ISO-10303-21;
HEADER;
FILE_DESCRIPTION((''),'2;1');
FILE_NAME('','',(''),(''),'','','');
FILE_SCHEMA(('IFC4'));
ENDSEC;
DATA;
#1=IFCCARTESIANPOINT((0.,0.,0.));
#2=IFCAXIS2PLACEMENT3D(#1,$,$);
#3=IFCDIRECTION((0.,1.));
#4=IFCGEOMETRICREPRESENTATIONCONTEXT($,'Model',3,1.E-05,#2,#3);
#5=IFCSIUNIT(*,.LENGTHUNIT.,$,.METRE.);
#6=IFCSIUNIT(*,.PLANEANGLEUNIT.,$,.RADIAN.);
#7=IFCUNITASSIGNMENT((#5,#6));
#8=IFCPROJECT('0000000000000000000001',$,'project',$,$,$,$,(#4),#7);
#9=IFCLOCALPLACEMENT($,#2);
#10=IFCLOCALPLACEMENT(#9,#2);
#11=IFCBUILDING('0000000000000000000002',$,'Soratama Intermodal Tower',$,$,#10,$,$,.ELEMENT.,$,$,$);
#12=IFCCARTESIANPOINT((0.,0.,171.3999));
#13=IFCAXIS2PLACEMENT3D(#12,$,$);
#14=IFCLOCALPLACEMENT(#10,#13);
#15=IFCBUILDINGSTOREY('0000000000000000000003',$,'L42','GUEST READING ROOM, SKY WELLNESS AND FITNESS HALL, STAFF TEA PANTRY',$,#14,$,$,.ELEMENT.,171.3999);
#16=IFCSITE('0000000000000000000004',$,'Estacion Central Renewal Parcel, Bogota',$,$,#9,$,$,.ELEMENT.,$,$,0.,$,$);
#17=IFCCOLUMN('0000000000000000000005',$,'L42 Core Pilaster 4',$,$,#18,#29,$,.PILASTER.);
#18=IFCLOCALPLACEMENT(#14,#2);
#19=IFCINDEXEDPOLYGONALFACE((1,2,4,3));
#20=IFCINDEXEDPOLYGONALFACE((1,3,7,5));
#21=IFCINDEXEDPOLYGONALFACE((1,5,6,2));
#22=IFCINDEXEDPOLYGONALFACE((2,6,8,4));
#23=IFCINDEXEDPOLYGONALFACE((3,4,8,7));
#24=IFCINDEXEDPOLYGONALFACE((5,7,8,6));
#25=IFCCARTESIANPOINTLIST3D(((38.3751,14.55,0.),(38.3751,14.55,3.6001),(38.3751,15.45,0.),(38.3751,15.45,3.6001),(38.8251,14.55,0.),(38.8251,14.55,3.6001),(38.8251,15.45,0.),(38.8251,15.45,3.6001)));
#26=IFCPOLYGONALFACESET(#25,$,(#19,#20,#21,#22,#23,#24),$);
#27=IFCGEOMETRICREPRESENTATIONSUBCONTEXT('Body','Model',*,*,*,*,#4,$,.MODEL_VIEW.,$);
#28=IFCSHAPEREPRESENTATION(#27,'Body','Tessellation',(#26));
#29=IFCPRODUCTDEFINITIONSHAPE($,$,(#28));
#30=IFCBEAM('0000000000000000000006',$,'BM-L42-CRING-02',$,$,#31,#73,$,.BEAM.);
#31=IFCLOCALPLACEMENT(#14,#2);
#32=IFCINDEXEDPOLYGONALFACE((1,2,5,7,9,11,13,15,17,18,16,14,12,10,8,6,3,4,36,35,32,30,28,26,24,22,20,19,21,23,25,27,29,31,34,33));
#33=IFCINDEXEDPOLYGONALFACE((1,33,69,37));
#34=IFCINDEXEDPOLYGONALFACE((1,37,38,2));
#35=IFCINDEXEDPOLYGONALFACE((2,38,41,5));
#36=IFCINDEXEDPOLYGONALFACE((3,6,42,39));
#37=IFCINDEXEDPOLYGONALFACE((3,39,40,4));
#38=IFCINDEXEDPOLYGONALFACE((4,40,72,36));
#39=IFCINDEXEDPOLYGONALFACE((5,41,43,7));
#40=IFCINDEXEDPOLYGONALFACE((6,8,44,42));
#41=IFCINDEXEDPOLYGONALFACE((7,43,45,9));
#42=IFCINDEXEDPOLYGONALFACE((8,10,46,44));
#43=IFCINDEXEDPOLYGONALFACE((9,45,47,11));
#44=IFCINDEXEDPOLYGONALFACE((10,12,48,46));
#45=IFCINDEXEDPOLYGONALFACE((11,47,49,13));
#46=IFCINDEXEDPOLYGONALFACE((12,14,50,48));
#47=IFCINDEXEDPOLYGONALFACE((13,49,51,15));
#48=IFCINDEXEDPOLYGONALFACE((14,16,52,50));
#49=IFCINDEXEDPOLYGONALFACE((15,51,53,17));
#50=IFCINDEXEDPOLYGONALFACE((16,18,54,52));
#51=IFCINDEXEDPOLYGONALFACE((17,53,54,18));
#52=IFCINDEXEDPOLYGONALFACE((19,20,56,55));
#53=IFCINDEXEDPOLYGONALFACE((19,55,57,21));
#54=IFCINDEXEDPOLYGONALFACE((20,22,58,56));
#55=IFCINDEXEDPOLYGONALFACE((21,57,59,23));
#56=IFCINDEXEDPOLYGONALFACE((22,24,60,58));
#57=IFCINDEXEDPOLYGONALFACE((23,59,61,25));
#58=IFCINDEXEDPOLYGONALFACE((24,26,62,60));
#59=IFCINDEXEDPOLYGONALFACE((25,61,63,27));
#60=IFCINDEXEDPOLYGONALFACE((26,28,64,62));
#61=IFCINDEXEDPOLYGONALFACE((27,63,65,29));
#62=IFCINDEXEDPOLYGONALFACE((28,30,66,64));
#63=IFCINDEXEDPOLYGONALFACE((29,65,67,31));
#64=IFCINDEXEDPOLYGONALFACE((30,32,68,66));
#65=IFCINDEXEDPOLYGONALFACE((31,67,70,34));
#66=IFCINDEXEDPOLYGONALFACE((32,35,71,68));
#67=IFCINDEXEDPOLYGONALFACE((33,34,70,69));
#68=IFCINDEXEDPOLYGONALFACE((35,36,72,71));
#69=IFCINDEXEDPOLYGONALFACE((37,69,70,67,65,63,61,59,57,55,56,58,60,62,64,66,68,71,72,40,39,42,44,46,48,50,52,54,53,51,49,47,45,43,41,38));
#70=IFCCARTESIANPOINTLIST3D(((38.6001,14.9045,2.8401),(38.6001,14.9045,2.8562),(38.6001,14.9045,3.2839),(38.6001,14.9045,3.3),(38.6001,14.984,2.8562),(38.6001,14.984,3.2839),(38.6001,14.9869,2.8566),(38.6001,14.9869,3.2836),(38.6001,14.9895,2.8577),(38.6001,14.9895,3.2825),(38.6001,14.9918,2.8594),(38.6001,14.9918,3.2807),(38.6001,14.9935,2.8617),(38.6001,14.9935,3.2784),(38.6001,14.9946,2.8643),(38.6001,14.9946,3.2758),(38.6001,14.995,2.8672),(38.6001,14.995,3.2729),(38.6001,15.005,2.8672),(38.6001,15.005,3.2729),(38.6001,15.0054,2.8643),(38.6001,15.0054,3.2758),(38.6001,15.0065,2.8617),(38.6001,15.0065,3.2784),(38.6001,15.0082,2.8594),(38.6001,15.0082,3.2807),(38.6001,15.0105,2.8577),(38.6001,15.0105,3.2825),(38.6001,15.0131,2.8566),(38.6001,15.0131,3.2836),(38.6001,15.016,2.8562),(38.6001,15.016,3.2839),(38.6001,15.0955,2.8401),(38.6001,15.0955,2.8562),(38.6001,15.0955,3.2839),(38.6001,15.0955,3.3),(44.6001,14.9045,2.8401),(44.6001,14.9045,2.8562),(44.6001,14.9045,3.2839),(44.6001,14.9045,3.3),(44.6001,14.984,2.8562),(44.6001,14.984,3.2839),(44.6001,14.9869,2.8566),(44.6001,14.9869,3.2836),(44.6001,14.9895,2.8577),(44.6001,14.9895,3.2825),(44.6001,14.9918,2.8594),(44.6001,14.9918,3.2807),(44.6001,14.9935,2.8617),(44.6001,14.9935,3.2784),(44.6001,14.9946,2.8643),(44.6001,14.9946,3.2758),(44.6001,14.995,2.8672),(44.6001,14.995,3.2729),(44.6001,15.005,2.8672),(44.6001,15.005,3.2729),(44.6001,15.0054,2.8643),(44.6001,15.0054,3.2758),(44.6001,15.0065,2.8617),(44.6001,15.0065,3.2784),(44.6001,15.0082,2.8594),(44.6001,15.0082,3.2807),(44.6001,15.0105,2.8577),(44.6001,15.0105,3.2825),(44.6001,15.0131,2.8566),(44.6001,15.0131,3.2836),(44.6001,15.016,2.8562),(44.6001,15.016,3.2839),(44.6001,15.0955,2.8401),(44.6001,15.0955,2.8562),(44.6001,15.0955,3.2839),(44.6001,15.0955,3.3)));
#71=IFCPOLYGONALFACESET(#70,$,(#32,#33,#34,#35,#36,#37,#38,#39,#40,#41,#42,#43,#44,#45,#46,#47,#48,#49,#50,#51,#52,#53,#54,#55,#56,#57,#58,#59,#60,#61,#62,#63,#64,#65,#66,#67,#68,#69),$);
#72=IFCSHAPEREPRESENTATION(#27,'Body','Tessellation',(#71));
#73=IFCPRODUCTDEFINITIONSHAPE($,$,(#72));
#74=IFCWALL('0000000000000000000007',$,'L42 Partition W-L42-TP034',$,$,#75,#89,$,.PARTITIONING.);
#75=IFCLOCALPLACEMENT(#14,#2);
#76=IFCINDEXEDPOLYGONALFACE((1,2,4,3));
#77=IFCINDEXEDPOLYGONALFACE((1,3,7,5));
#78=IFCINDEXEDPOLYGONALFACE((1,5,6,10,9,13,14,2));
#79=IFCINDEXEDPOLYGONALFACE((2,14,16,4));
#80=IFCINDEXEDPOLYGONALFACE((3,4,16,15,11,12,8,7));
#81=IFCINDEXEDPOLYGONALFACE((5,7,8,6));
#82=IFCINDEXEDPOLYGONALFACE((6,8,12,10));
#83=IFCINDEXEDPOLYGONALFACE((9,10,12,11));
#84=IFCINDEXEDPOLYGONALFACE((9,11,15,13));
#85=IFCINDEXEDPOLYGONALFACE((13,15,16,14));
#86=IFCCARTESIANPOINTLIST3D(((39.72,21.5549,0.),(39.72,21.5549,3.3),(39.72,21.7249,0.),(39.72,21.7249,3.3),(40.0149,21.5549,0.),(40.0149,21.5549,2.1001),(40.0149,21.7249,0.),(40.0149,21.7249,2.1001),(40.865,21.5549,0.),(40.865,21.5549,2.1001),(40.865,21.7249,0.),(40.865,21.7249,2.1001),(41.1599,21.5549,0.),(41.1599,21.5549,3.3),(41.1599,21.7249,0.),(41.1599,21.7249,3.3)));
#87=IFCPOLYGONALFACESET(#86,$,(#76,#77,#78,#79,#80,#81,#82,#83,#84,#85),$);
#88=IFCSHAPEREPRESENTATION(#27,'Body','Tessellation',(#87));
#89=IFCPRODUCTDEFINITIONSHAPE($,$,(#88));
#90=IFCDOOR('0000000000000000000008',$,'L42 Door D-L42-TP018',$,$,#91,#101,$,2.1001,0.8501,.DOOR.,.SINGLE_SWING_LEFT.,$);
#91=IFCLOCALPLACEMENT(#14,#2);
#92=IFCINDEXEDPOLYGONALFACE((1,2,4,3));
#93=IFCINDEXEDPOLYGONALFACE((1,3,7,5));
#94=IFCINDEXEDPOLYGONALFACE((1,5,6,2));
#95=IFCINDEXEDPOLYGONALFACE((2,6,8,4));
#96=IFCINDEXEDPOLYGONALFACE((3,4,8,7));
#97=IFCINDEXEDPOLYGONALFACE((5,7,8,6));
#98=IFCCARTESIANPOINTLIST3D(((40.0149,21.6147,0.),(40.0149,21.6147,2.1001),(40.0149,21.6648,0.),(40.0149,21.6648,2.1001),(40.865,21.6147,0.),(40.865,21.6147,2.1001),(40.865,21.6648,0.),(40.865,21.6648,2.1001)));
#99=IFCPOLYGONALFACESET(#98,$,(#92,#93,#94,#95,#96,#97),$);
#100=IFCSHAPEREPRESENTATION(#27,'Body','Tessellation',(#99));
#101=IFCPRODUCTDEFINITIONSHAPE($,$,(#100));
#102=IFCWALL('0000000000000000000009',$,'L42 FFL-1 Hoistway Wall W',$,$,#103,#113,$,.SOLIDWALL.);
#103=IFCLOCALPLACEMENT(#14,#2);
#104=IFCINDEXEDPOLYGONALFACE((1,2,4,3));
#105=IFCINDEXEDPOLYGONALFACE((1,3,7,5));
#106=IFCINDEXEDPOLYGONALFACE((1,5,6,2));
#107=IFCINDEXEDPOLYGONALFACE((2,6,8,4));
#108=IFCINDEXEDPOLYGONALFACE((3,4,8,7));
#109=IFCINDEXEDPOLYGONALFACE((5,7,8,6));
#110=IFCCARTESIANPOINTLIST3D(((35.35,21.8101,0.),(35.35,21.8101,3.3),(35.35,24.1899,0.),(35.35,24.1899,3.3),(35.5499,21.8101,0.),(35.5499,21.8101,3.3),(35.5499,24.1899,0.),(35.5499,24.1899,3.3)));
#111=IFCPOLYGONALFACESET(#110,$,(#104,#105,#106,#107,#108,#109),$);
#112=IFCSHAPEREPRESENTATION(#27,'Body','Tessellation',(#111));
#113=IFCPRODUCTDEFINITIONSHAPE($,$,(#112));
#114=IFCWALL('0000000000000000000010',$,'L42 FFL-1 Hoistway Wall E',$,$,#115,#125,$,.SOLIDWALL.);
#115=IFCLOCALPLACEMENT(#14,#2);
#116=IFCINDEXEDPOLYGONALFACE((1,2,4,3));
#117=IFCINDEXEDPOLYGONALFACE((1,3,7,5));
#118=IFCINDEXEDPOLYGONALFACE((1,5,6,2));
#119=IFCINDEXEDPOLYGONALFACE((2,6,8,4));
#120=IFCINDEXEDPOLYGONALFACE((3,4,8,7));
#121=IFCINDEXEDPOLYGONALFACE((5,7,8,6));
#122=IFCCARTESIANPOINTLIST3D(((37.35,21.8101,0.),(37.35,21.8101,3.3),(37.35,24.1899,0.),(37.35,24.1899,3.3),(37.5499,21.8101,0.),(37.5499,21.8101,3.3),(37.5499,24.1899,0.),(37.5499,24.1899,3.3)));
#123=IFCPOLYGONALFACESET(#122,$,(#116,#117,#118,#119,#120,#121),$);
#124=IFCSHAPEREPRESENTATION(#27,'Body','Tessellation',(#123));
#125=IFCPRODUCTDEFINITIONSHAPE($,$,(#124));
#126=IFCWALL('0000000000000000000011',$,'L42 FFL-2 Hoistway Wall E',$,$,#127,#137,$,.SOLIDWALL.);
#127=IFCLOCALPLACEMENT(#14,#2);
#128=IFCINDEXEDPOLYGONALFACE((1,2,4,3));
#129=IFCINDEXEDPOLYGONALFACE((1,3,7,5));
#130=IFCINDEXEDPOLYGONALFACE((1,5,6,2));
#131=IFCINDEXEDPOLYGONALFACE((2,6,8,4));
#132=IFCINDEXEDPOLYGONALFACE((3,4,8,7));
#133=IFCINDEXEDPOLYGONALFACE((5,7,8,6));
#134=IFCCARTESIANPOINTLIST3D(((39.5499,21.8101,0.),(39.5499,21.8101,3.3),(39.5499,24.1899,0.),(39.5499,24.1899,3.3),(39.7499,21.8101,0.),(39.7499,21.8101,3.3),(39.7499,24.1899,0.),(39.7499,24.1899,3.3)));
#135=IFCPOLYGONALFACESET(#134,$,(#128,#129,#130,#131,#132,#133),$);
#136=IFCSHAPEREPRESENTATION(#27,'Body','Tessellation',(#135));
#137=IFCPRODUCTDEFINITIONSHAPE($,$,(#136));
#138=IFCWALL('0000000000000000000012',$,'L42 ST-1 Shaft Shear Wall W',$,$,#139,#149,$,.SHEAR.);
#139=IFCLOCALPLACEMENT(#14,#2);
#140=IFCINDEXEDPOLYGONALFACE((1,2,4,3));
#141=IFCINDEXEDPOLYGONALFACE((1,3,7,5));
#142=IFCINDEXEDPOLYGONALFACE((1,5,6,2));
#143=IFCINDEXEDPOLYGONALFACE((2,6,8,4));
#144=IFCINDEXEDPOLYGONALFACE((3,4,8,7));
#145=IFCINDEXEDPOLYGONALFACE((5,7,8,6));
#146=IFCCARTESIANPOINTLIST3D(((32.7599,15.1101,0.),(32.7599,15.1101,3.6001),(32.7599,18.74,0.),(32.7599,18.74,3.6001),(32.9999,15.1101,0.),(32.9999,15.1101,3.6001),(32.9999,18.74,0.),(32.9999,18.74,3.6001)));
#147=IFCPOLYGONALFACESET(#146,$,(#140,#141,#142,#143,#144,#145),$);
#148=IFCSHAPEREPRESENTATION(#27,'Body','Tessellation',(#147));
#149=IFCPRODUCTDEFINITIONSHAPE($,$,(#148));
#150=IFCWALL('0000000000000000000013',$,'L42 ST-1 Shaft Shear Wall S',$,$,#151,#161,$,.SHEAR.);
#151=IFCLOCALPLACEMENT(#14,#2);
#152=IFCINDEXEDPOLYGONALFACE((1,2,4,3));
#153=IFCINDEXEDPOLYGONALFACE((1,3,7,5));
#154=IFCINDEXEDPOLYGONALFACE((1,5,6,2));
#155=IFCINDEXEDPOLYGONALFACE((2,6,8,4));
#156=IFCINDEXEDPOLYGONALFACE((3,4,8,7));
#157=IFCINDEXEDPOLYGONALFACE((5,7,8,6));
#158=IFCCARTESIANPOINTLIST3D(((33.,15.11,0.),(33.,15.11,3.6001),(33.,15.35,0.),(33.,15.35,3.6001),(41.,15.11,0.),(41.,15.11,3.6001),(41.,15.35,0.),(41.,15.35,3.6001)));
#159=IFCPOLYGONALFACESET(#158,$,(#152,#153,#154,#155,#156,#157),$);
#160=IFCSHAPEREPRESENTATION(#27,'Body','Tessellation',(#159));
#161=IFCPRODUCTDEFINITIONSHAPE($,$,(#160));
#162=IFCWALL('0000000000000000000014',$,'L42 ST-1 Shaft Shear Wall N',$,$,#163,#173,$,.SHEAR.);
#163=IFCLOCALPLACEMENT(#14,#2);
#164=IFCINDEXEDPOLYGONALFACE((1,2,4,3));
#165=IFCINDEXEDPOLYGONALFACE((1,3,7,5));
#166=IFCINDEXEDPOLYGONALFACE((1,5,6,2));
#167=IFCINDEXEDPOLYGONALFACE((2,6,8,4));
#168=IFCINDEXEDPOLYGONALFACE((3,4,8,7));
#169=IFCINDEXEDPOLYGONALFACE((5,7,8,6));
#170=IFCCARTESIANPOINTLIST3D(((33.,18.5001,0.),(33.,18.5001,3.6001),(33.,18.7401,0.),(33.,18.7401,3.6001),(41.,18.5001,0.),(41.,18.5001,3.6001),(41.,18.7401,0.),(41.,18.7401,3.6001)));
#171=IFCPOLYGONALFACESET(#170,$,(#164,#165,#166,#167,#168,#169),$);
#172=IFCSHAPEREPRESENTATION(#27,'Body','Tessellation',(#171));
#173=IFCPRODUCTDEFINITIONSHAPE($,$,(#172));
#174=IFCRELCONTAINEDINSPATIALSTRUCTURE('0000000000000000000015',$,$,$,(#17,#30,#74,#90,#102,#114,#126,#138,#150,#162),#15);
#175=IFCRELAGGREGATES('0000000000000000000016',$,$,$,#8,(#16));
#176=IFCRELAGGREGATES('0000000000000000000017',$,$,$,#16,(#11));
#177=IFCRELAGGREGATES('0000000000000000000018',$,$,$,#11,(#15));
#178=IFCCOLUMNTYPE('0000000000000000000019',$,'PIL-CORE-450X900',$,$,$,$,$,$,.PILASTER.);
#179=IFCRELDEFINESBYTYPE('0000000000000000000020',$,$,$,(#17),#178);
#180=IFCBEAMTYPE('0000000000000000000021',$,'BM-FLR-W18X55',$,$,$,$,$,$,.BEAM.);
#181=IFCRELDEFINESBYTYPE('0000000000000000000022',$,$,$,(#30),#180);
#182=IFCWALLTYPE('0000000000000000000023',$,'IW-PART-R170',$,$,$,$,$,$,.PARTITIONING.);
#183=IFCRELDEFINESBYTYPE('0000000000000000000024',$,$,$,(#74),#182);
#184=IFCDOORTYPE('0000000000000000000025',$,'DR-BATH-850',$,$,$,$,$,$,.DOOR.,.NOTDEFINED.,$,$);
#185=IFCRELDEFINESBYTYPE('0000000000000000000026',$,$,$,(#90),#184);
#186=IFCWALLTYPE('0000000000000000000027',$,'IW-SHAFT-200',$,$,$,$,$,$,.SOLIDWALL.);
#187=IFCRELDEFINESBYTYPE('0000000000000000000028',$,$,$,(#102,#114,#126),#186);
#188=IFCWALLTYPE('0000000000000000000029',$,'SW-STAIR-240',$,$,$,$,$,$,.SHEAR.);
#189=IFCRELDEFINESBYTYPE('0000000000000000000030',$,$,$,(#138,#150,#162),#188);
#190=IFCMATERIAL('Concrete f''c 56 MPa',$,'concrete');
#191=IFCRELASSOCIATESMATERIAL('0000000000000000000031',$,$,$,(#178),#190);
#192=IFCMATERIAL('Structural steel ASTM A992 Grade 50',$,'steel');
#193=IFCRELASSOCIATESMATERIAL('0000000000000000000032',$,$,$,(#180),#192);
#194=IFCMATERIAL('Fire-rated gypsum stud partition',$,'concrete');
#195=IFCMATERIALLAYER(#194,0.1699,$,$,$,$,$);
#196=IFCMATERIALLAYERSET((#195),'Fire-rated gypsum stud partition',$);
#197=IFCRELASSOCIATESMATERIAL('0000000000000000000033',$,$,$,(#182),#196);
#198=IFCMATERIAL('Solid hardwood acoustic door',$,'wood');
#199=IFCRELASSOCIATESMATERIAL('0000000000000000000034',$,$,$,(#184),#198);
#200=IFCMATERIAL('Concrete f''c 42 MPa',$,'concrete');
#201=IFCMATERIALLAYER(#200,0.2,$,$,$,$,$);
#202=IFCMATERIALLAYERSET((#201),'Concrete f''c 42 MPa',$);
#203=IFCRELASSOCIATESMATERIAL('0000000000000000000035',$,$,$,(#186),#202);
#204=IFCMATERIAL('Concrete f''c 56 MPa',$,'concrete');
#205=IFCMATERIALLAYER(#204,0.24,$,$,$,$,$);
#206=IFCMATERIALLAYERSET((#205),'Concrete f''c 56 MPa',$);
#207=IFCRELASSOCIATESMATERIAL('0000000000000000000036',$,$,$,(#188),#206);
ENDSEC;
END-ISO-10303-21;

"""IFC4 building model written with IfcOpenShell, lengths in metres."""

from ifc_helpers import new_model, si_unit, direction, frame, frame_2d, origin, origin_2d, place, context, subcontext, project, spatial, rectangle, i_section, extrude, material, layer, layer_set, material_profile, profile_set, type_object, element, fill, save


model = new_model("IFC4")

# Units and contexts
model_context = context("Model", 3, precision=1e-05, world=origin(), true_north=direction((0.0, 1.0)))
body_context = subcontext(model_context, "Body", "Model", "MODEL_VIEW")
ifc_project = project(units=[si_unit("LENGTHUNIT", "METRE"), si_unit("PLANEANGLEUNIT", "RADIAN")], contexts=[model_context])

# Site, building, storey
site_placement = place(None, origin())
site = spatial("IfcSite", under=ifc_project, at=site_placement, Name="Estacion Central Renewal Parcel, Bogota", CompositionType="ELEMENT", RefElevation=0.0)
building_placement = place(site_placement, origin())
building = spatial("IfcBuilding", under=site, at=building_placement, Name="Soratama Intermodal Tower", CompositionType="ELEMENT")
storey_placement = place(building_placement, frame((0.0, 0.0, 171.3999)))
storey = spatial("IfcBuildingStorey", under=building, at=storey_placement, Name="L42", Description="GUEST READING ROOM, SKY WELLNESS AND FITNESS HALL, STAFF TEA PANTRY", CompositionType="ELEMENT", Elevation=171.3999)

# Column
ifc_material_1 = material(Name="Concrete f'c 56 MPa", Category="concrete")
ifc_material_profile_1 = material_profile(ifc_material_1, rectangle(XDim=0.45, YDim=0.8999, at=origin_2d()), Name="RC450X900")
ifc_profile_set_1 = profile_set([ifc_material_profile_1], Name="Concrete f'c 56 MPa")
column_type = type_object("IfcColumnType", Name="PIL-CORE-450X900", PredefinedType="PILASTER", material=ifc_profile_set_1)
column_placement = place(storey_placement, frame((38.6001, 15.0, 0.0), z_axis=(0.0, 0.0, 1.0), x_axis=(1.0, 0.0, 0.0)))
element("IfcColumn", 1, at=column_placement, inside=storey, type_object=column_type, Name="L42 Core Pilaster 4", PredefinedType="PILASTER", context=body_context, shape_type="SweptSolid", body=[
    extrude(rectangle(XDim=0.45, YDim=0.8999, at=origin_2d()), origin(), (0.0, 0.0, 1.0), 3.6001),
])

# Beam
ifc_material_2 = material(Name="Structural steel ASTM A992 Grade 50", Category="steel")
ifc_material_profile_2 = material_profile(ifc_material_2, i_section(OverallWidth=0.1909, OverallDepth=0.46, WebThickness=0.01, FlangeThickness=0.0161, FilletRadius=0.011, at=origin_2d()), Name="W18X55")
ifc_profile_set_2 = profile_set([ifc_material_profile_2], Name="Structural steel ASTM A992 Grade 50")
beam_type = type_object("IfcBeamType", Name="BM-FLR-W18X55", PredefinedType="BEAM", material=ifc_profile_set_2)
beam_placement = place(storey_placement, frame((38.6001, 15.0, 3.0701), z_axis=(1.0, 0.0, 0.0), x_axis=(0.0, 1.0, 0.0)))
element("IfcBeam", 2, at=beam_placement, inside=storey, type_object=beam_type, Name="BM-L42-CRING-02", PredefinedType="BEAM", context=body_context, shape_type="SweptSolid", body=[
    extrude(i_section(OverallWidth=0.1909, OverallDepth=0.46, WebThickness=0.01, FlangeThickness=0.0161, FilletRadius=0.011, at=origin_2d()), origin(), (0.0, 0.0, 1.0), 6.0),
])

# Wall, opening, door
ifc_material_3 = material(Name="Fire-rated gypsum stud partition", Category="concrete")
ifc_layer_1 = layer(ifc_material_3, 0.1699)
ifc_layer_set_1 = layer_set([ifc_layer_1], Name="Fire-rated gypsum stud partition")
wall_type_1 = type_object("IfcWallType", Name="IW-PART-R170", PredefinedType="PARTITIONING", material=ifc_layer_set_1)
wall_1_placement = place(storey_placement, frame((39.72, 21.6399, 0.0), z_axis=(0.0, 0.0, 1.0), x_axis=(1.0, 0.0, 0.0)))
wall_1 = element("IfcWall", 3, at=wall_1_placement, inside=storey, type_object=wall_type_1, Name="L42 Partition W-L42-TP034", PredefinedType="PARTITIONING", context=body_context, shape_type="SweptSolid", body=[
    extrude(rectangle(XDim=1.4399, YDim=0.1699, at=frame_2d((0.72, 0.0))), origin(), (0.0, 0.0, 1.0), 3.3),
])
opening_1_placement = place(wall_1_placement, frame((0.2949, 0.0, 0.0)))
opening_1 = element("IfcOpeningElement", 4, at=opening_1_placement, cuts=wall_1, PredefinedType="OPENING", context=body_context, shape_type="SweptSolid", body=[
    extrude(rectangle(XDim=0.8501, YDim=2.1001, at=frame_2d((0.425, 1.05))), frame((0.0, 0.095, 0.0), z_axis=(0.0, -1.0, 0.0), x_axis=(1.0, 0.0, 0.0)), (0.0, 0.0, 1.0), 0.1899),
])
ifc_material_4 = material(Name="Solid hardwood acoustic door", Category="wood")
door_type_1 = type_object("IfcDoorType", Name="DR-BATH-850", OperationType="NOTDEFINED", PredefinedType="DOOR", material=ifc_material_4)
door_1_placement = place(opening_1_placement, origin())
door_1 = element("IfcDoor", 5, at=door_1_placement, inside=storey, type_object=door_type_1, Name="L42 Door D-L42-TP018", OperationType="SINGLE_SWING_LEFT", OverallHeight=2.1001, OverallWidth=0.8501, PredefinedType="DOOR", context=body_context, shape_type="SweptSolid", body=[
    extrude(rectangle(XDim=0.8501, YDim=2.1001, at=frame_2d((0.425, 1.05))), frame((0.0, 0.0249, 0.0), z_axis=(0.0, -1.0, 0.0), x_axis=(1.0, 0.0, 0.0)), (0.0, 0.0, 1.0), 0.05),
])
fill(opening_1, door_1)
ifc_material_5 = material(Name="Concrete f'c 42 MPa", Category="concrete")
ifc_layer_2 = layer(ifc_material_5, 0.2)
ifc_layer_set_2 = layer_set([ifc_layer_2], Name="Concrete f'c 42 MPa")
wall_type_2 = type_object("IfcWallType", Name="IW-SHAFT-200", PredefinedType="SOLIDWALL", material=ifc_layer_set_2)

# Walls
for number, where, z_axis, x_axis, name in (
    (6, (35.45, 21.8101, 0.0), (0.0, 0.0, 1.0), (0.0, 1.0, 0.0), "L42 FFL-1 Hoistway Wall W"),
    (7, (37.45, 21.8101, 0.0), (0.0, 0.0, 1.0), (0.0, 1.0, 0.0), "L42 FFL-1 Hoistway Wall E"),
):
    element("IfcWall", number, at=place(storey_placement, frame(where, z_axis=z_axis, x_axis=x_axis)), inside=storey, type_object=wall_type_2, Name=name, PredefinedType="SOLIDWALL", context=body_context, shape_type="SweptSolid", body=[
        extrude(rectangle(XDim=2.3799, YDim=0.2, at=frame_2d((1.1899, 0.0))), origin(), (0.0, 0.0, 1.0), 3.3),
    ])

# Wall
wall_2_placement = place(storey_placement, frame((39.6499, 21.8101, 0.0), z_axis=(0.0, 0.0, 1.0), x_axis=(0.0, 1.0, 0.0)))
element("IfcWall", 8, at=wall_2_placement, inside=storey, type_object=wall_type_2, Name="L42 FFL-2 Hoistway Wall E", PredefinedType="SOLIDWALL", context=body_context, shape_type="SweptSolid", body=[
    extrude(rectangle(XDim=2.3799, YDim=0.2, at=frame_2d((1.1899, 0.0))), origin(), (0.0, 0.0, 1.0), 3.3),
])

# Wall
ifc_material_6 = material(Name="Concrete f'c 56 MPa", Category="concrete")
ifc_layer_3 = layer(ifc_material_6, 0.24)
ifc_layer_set_3 = layer_set([ifc_layer_3], Name="Concrete f'c 56 MPa")
wall_type_3 = type_object("IfcWallType", Name="SW-STAIR-240", PredefinedType="SHEAR", material=ifc_layer_set_3)
wall_3_placement = place(storey_placement, frame((32.8799, 15.1101, 0.0), z_axis=(0.0, 0.0, 1.0), x_axis=(0.0, 1.0, 0.0)))
element("IfcWall", 9, at=wall_3_placement, inside=storey, type_object=wall_type_3, Name="L42 ST-1 Shaft Shear Wall W", PredefinedType="SHEAR", context=body_context, shape_type="SweptSolid", body=[
    extrude(rectangle(XDim=3.6299, YDim=0.24, at=frame_2d((1.8149, 0.0))), origin(), (0.0, 0.0, 1.0), 3.6001),
])

# Walls
for number, where, z_axis, x_axis, name in (
    (10, (33.0, 15.23, 0.0), (0.0, 0.0, 1.0), (1.0, 0.0, 0.0), "L42 ST-1 Shaft Shear Wall S"),
    (11, (33.0, 18.6201, 0.0), (0.0, 0.0, 1.0), (1.0, 0.0, 0.0), "L42 ST-1 Shaft Shear Wall N"),
):
    element("IfcWall", number, at=place(storey_placement, frame(where, z_axis=z_axis, x_axis=x_axis)), inside=storey, type_object=wall_type_3, Name=name, PredefinedType="SHEAR", context=body_context, shape_type="SweptSolid", body=[
        extrude(rectangle(XDim=8.0, YDim=0.24, at=frame_2d((4.0, 0.0))), origin(), (0.0, 0.0, 1.0), 3.6001),
    ])

save(model, "model.ifc")
